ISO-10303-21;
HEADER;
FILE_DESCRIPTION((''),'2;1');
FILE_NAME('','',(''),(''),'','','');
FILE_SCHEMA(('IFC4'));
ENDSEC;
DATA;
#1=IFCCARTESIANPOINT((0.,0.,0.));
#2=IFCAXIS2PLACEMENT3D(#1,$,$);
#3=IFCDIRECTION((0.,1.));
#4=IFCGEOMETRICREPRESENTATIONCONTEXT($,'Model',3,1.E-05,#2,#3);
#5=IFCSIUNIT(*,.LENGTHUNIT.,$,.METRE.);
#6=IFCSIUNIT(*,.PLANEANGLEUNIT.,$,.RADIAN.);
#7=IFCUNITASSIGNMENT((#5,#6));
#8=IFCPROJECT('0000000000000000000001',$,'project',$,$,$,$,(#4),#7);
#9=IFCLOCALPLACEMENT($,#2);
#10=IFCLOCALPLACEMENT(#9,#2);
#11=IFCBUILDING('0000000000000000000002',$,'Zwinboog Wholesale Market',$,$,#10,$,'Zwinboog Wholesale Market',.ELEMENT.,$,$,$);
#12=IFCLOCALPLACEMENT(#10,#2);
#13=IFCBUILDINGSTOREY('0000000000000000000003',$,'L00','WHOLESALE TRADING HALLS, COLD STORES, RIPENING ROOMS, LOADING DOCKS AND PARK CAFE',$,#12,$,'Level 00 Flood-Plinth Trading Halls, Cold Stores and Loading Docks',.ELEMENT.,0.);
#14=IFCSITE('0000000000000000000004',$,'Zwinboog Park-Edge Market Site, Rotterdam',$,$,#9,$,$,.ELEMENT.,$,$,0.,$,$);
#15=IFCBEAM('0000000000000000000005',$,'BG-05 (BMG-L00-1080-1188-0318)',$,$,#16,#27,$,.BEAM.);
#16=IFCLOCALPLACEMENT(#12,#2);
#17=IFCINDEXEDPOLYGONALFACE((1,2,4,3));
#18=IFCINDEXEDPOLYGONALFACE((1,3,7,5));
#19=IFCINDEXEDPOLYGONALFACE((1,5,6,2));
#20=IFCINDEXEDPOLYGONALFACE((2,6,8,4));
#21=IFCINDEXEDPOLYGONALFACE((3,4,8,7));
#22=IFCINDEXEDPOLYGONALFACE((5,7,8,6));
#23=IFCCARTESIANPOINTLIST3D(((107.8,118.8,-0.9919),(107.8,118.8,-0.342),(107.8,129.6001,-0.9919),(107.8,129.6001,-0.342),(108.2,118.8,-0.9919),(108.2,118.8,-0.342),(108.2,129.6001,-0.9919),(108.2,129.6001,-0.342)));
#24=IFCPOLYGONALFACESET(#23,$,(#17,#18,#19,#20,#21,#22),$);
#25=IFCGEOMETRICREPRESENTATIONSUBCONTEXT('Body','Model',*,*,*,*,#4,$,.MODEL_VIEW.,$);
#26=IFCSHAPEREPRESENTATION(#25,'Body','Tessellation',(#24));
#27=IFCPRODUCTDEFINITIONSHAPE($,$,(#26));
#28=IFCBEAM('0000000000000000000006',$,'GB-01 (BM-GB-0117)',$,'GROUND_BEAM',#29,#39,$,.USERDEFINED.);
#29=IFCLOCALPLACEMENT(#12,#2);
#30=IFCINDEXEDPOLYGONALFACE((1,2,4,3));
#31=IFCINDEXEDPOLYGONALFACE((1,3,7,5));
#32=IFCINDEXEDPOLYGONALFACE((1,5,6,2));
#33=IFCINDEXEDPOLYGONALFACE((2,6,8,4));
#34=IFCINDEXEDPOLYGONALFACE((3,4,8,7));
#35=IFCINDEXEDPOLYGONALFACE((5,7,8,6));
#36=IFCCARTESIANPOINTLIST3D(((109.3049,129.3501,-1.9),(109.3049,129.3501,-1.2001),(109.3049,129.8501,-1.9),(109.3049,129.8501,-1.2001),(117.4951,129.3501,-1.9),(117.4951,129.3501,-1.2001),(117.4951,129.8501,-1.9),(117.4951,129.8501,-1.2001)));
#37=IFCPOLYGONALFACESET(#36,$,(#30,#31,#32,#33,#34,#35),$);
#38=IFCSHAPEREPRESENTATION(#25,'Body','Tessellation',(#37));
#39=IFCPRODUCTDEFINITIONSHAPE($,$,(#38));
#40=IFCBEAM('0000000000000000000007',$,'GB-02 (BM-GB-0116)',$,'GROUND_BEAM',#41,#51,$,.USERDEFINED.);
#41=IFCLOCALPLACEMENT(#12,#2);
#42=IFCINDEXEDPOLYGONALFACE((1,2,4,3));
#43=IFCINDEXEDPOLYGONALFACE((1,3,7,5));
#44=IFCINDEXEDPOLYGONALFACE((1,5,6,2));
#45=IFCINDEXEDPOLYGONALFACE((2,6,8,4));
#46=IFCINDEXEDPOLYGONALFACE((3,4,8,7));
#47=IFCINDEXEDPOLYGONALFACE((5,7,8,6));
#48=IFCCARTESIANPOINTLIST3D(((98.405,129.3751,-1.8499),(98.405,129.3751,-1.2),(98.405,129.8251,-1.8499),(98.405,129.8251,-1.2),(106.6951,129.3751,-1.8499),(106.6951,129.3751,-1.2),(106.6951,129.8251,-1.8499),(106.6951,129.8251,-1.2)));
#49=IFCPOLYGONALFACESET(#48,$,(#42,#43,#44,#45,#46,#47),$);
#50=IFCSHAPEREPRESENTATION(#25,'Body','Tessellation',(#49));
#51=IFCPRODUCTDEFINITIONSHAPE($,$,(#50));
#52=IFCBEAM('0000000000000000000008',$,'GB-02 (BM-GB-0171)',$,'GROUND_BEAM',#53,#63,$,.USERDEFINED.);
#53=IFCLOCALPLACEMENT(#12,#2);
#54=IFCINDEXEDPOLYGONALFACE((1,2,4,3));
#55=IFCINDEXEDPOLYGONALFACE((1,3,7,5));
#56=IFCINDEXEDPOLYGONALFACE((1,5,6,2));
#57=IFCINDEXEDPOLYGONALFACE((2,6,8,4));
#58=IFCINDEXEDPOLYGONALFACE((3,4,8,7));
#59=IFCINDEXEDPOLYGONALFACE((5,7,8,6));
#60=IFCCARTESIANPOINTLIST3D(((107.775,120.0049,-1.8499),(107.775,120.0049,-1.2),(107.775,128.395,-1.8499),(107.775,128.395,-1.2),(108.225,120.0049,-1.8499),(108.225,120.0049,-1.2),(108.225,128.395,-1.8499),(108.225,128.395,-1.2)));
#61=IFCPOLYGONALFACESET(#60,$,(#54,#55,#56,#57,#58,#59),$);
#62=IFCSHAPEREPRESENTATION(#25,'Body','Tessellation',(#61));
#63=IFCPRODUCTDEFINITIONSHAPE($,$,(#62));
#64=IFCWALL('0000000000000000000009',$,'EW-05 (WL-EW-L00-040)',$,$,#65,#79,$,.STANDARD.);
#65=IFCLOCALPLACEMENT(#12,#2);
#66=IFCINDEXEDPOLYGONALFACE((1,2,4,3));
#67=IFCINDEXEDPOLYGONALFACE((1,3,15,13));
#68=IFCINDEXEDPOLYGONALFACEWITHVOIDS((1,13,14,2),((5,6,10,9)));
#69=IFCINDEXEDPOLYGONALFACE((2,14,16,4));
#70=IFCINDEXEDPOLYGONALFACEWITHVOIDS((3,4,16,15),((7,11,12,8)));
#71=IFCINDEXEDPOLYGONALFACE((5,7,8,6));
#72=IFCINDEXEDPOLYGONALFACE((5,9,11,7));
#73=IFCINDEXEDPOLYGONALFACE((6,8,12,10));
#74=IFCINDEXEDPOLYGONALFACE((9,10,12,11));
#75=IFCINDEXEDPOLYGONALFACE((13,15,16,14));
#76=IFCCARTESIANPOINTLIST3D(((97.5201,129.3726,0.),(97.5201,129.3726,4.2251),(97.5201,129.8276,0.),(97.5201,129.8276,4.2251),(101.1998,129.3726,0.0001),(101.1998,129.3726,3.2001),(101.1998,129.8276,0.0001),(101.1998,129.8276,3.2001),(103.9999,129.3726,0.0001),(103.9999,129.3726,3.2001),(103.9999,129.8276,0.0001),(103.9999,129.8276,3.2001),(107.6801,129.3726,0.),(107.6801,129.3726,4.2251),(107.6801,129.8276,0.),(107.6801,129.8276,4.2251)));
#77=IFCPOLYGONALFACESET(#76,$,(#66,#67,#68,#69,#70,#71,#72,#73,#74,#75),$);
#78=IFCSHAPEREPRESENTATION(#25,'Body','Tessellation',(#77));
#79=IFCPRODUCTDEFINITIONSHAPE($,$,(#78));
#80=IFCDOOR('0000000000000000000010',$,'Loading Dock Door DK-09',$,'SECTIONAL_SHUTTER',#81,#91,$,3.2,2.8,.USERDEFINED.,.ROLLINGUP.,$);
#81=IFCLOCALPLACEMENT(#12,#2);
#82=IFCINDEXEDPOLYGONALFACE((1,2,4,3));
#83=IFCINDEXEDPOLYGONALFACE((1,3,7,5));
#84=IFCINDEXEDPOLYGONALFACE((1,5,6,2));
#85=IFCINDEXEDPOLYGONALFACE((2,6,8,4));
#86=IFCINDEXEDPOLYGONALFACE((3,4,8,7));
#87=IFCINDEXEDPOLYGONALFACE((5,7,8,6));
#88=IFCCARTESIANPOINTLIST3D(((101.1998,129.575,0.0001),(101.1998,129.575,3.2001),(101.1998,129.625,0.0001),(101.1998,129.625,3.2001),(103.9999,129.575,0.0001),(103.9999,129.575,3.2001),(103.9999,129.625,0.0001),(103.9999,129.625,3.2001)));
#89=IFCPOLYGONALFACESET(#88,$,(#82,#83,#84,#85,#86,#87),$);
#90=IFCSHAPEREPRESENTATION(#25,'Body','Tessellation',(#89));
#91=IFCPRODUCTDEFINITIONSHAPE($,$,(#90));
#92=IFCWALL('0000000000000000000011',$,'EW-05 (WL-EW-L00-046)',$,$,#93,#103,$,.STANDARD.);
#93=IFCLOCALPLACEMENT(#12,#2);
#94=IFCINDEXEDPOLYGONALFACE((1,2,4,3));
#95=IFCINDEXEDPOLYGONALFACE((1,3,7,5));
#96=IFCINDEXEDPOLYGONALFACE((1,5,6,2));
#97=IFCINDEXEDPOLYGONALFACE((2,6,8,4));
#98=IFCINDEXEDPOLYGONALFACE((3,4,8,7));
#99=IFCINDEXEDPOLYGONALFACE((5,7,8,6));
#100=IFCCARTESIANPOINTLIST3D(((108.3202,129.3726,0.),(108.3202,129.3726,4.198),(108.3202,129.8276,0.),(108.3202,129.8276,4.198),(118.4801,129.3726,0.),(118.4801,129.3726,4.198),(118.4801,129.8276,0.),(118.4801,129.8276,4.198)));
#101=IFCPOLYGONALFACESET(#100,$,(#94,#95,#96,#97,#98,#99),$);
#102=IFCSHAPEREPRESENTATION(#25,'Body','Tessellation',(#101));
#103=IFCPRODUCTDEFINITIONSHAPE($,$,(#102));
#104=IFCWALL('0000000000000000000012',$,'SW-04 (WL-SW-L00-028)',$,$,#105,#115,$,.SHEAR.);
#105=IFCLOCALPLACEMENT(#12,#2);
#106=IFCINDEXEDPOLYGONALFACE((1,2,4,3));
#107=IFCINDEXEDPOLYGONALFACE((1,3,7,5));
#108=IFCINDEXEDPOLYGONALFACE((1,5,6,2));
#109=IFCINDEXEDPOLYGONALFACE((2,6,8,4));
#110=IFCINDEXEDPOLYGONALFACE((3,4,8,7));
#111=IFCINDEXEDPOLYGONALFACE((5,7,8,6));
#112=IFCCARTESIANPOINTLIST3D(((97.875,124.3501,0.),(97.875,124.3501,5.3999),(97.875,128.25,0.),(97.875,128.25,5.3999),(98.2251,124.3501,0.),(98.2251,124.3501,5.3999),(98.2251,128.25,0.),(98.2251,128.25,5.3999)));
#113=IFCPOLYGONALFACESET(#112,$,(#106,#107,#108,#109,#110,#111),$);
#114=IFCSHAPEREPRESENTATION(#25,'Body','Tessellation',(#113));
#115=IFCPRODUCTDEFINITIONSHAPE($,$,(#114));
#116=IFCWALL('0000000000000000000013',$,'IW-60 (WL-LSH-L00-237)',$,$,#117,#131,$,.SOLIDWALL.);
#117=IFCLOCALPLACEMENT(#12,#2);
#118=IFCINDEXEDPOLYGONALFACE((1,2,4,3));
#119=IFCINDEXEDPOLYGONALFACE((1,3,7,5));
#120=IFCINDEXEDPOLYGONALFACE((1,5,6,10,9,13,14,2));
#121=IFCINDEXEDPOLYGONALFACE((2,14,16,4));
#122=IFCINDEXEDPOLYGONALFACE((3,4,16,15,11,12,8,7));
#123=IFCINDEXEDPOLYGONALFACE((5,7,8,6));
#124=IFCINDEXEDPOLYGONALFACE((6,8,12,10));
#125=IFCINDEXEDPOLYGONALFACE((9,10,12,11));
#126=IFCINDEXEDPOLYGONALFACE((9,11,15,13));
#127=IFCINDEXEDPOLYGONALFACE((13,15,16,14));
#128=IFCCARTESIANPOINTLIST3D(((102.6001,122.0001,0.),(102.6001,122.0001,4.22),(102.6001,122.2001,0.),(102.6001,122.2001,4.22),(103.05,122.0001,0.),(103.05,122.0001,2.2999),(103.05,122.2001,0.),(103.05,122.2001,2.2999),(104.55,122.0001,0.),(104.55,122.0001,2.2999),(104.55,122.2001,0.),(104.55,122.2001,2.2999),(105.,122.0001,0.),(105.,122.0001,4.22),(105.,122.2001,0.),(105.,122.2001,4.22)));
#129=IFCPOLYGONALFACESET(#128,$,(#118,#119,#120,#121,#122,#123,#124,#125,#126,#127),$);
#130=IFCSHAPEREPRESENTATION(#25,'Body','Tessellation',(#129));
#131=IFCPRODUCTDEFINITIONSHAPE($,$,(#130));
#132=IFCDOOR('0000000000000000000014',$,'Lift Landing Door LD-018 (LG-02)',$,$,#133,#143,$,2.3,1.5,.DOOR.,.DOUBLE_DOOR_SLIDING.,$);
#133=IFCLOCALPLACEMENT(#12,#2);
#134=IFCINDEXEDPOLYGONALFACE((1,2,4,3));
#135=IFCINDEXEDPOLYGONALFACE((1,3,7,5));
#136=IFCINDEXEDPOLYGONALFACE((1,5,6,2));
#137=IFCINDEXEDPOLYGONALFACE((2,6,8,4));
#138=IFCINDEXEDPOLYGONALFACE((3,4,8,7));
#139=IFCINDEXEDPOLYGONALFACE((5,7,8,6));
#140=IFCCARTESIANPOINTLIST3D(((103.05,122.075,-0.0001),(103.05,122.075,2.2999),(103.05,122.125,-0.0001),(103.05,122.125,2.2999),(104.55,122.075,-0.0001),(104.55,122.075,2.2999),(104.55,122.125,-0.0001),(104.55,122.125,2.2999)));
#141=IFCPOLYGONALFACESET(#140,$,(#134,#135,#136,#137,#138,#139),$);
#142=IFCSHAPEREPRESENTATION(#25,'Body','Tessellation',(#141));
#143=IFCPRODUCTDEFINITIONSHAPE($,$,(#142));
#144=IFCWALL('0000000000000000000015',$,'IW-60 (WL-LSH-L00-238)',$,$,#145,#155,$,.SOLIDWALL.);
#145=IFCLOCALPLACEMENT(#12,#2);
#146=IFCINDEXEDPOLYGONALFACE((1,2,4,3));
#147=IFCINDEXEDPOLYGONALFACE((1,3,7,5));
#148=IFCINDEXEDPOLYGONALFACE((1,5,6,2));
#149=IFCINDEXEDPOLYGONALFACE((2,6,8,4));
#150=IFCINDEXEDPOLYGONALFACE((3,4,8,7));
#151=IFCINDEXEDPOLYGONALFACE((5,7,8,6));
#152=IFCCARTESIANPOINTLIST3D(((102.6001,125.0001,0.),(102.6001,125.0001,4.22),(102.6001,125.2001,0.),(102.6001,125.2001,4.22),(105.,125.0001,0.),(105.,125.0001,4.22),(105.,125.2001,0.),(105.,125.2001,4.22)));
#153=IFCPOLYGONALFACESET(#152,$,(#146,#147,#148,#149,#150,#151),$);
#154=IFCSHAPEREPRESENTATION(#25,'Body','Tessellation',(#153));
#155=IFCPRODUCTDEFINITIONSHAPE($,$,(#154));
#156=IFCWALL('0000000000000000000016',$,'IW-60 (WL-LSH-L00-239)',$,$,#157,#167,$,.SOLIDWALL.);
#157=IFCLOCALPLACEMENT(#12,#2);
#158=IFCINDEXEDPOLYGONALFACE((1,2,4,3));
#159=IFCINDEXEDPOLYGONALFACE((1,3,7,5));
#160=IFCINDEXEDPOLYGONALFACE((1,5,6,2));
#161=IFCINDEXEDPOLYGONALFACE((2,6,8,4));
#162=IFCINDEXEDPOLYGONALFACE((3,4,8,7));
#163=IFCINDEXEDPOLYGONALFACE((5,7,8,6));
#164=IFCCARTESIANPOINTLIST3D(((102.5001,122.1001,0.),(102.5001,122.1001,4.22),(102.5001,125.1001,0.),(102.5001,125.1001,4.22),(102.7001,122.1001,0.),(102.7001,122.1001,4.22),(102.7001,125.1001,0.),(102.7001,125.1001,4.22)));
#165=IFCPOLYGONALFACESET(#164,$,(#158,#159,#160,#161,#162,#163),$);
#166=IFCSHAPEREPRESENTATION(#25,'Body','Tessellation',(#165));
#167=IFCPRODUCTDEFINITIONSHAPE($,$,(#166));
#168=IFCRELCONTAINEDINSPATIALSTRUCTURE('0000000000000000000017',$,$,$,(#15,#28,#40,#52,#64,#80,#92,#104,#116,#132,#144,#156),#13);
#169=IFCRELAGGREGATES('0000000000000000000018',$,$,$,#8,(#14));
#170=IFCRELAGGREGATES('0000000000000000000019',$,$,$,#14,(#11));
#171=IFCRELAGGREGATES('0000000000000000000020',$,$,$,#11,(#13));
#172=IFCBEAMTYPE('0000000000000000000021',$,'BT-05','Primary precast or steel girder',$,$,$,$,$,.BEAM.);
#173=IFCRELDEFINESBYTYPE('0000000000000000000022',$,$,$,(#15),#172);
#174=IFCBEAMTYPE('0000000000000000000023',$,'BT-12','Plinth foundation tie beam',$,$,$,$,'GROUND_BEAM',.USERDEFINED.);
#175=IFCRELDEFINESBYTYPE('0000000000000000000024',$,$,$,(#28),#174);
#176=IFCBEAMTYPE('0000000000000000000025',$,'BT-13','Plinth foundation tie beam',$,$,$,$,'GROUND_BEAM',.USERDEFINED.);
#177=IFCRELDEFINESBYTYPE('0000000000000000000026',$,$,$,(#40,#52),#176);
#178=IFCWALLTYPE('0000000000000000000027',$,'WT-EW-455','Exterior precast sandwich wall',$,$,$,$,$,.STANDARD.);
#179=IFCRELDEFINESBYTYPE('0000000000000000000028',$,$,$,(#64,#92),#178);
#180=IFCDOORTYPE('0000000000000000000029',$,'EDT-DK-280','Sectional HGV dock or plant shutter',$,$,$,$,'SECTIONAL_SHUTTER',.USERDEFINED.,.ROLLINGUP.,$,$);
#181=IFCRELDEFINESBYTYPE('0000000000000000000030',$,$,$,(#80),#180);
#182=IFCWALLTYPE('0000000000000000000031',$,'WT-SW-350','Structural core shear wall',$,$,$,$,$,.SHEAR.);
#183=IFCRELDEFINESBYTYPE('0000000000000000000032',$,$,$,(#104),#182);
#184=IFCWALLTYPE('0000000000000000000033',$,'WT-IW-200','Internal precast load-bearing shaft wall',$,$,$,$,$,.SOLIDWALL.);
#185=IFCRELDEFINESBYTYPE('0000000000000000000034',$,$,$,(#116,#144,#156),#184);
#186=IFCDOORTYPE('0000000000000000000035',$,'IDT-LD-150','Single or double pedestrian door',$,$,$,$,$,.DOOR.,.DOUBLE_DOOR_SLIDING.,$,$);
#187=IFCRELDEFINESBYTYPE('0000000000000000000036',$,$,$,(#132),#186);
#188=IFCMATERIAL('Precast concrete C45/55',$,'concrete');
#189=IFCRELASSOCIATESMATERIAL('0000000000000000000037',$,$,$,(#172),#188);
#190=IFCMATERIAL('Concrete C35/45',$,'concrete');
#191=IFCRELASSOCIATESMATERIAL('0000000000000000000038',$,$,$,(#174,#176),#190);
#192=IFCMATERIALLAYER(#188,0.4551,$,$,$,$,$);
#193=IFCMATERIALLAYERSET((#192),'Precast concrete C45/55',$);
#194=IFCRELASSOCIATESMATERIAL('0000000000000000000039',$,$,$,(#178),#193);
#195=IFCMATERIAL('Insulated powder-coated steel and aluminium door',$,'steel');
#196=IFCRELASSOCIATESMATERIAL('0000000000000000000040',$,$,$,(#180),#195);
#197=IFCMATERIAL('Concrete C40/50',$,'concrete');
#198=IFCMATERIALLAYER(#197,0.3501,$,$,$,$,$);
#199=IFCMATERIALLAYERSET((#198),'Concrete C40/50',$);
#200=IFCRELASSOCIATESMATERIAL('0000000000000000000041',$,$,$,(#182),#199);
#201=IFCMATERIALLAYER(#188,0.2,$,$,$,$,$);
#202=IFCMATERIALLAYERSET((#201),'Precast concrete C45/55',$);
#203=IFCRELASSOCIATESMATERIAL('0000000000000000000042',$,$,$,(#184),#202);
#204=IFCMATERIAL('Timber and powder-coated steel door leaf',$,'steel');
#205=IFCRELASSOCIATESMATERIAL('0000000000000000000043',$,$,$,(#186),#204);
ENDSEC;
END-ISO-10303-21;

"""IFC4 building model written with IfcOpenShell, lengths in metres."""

from ifc_helpers import new_model, si_unit, direction, frame, frame_2d, origin, origin_2d, place, context, subcontext, project, spatial, rectangle, extrude, material, layer, layer_set, material_profile, profile_set, type_object, element, fill, save


model = new_model("IFC4")

# Units and contexts
model_context = context("Model", 3, precision=1e-05, world=origin(), true_north=direction((0.0, 1.0)))
body_context = subcontext(model_context, "Body", "Model", "MODEL_VIEW")
ifc_project = project(units=[si_unit("LENGTHUNIT", "METRE"), si_unit("PLANEANGLEUNIT", "RADIAN")], contexts=[model_context])

# Site, building, storey
site_placement = place(None, origin())
site = spatial("IfcSite", under=ifc_project, at=site_placement, Name="Zwinboog Park-Edge Market Site, Rotterdam", CompositionType="ELEMENT", RefElevation=0.0)
building_placement = place(site_placement, origin())
building = spatial("IfcBuilding", under=site, at=building_placement, Name="Zwinboog Wholesale Market", LongName="Zwinboog Wholesale Market", CompositionType="ELEMENT")
storey_placement = place(building_placement, origin())
storey = spatial("IfcBuildingStorey", under=building, at=storey_placement, Name="L00", Description="WHOLESALE TRADING HALLS, COLD STORES, RIPENING ROOMS, LOADING DOCKS AND PARK CAFE", LongName="Level 00 Flood-Plinth Trading Halls, Cold Stores and Loading Docks", CompositionType="ELEMENT", Elevation=0.0)

# Shared definitions
ifc_material_1 = material(Name="Concrete C40/50", Category="concrete")

# Shared definitions
ifc_material_2 = material(Name="Concrete C35/45", Category="concrete")

# Shared definitions
ifc_material_3 = material(Name="Precast concrete C45/55", Category="concrete")

# Beams
ifc_material_profile_1 = material_profile(ifc_material_3, rectangle(XDim=0.3999, YDim=0.6499, at=origin_2d()), Name="PC 400x650")
ifc_profile_set_1 = profile_set([ifc_material_profile_1], Name="Precast concrete C45/55")
beam_type_1 = type_object("IfcBeamType", Name="BT-05", Description="Primary precast or steel girder", PredefinedType="BEAM", material=ifc_profile_set_1)
for number, where, z_axis, x_axis, name in (
    (1, (108.0, 118.8, -0.667), (0.0, 1.0, 0.0), (-1.0, 0.0, 0.0), "BG-05 (BMG-L00-1080-1188-0318)"),
):
    element("IfcBeam", number, at=place(storey_placement, frame(where, z_axis=z_axis, x_axis=x_axis)), inside=storey, type_object=beam_type_1, Name=name, PredefinedType="BEAM", context=body_context, shape_type="SweptSolid", body=[
        extrude(rectangle(XDim=0.3999, YDim=0.6499, at=origin_2d()), origin(), (0.0, 0.0, 1.0), 10.8),
    ])
ifc_material_profile_2 = material_profile(ifc_material_2, rectangle(XDim=0.5, YDim=0.7, at=origin_2d()), Name="RC 500x700")
ifc_profile_set_2 = profile_set([ifc_material_profile_2], Name="Concrete C35/45")
beam_type_2 = type_object("IfcBeamType", Name="BT-12", Description="Plinth foundation tie beam", ElementType="GROUND_BEAM", PredefinedType="USERDEFINED", material=ifc_profile_set_2)
beam_1_placement = place(storey_placement, frame((109.3049, 129.6001, -1.55), z_axis=(1.0, 0.0, 0.0), x_axis=(0.0, 1.0, 0.0)))
element("IfcBeam", 2, at=beam_1_placement, inside=storey, type_object=beam_type_2, Name="GB-01 (BM-GB-0117)", ObjectType="GROUND_BEAM", PredefinedType="USERDEFINED", context=body_context, shape_type="SweptSolid", body=[
    extrude(rectangle(XDim=0.5, YDim=0.7, at=origin_2d()), origin(), (0.0, 0.0, 1.0), 8.1902),
])
ifc_material_profile_3 = material_profile(ifc_material_2, rectangle(XDim=0.45, YDim=0.6499, at=origin_2d()), Name="RC 450x650")
ifc_profile_set_3 = profile_set([ifc_material_profile_3], Name="Concrete C35/45")
beam_type_3 = type_object("IfcBeamType", Name="BT-13", Description="Plinth foundation tie beam", ElementType="GROUND_BEAM", PredefinedType="USERDEFINED", material=ifc_profile_set_3)
beam_2_placement = place(storey_placement, frame((98.405, 129.6001, -1.5249), z_axis=(1.0, 0.0, 0.0), x_axis=(0.0, 1.0, 0.0)))
element("IfcBeam", 3, at=beam_2_placement, inside=storey, type_object=beam_type_3, Name="GB-02 (BM-GB-0116)", ObjectType="GROUND_BEAM", PredefinedType="USERDEFINED", context=body_context, shape_type="SweptSolid", body=[
    extrude(rectangle(XDim=0.45, YDim=0.6499, at=origin_2d()), origin(), (0.0, 0.0, 1.0), 8.29),
])
beam_3_placement = place(storey_placement, frame((108.0, 120.0049, -1.5249), z_axis=(0.0, 1.0, 0.0), x_axis=(-1.0, 0.0, 0.0)))
element("IfcBeam", 4, at=beam_3_placement, inside=storey, type_object=beam_type_3, Name="GB-02 (BM-GB-0171)", ObjectType="GROUND_BEAM", PredefinedType="USERDEFINED", context=body_context, shape_type="SweptSolid", body=[
    extrude(rectangle(XDim=0.45, YDim=0.6499, at=origin_2d()), origin(), (0.0, 0.0, 1.0), 8.3901),
])

# Wall, opening, door
ifc_layer_1 = layer(ifc_material_3, 0.4551)
ifc_layer_set_1 = layer_set([ifc_layer_1], Name="Precast concrete C45/55")
wall_type_1 = type_object("IfcWallType", Name="WT-EW-455", Description="Exterior precast sandwich wall", PredefinedType="STANDARD", material=ifc_layer_set_1)
wall_1_placement = place(storey_placement, frame((97.52, 129.6001, 0.0), z_axis=(0.0, 0.0, 1.0), x_axis=(1.0, 0.0, 0.0)))
wall_1 = element("IfcWall", 5, at=wall_1_placement, inside=storey, type_object=wall_type_1, Name="EW-05 (WL-EW-L00-040)", PredefinedType="STANDARD", context=body_context, shape_type="SweptSolid", body=[
    extrude(rectangle(XDim=10.1599, YDim=0.4551, at=frame_2d((5.0801, 0.0))), origin(), (0.0, 0.0, 1.0), 4.2251),
])
opening_1_placement = place(wall_1_placement, frame((3.6799, 0.0, 0.0)))
opening_1 = element("IfcOpeningElement", 6, at=opening_1_placement, cuts=wall_1, PredefinedType="OPENING", context=body_context, shape_type="SweptSolid", body=[
    extrude(rectangle(XDim=2.8, YDim=3.2, at=frame_2d((1.3999, 1.6001))), frame((0.0, 0.2375, 0.0), z_axis=(0.0, -1.0, 0.0), x_axis=(1.0, 0.0, 0.0)), (0.0, 0.0, 1.0), 0.4751),
])
ifc_material_4 = material(Name="Insulated powder-coated steel and aluminium door", Category="steel")
door_type_1 = type_object("IfcDoorType", Name="EDT-DK-280", Description="Sectional HGV dock or plant shutter", ElementType="SECTIONAL_SHUTTER", OperationType="ROLLINGUP", PredefinedType="USERDEFINED", material=ifc_material_4)
door_1_placement = place(opening_1_placement, origin())
door_1 = element("IfcDoor", 7, at=door_1_placement, inside=storey, type_object=door_type_1, Name="Loading Dock Door DK-09", ObjectType="SECTIONAL_SHUTTER", OperationType="ROLLINGUP", OverallHeight=3.2, OverallWidth=2.8, PredefinedType="USERDEFINED", context=body_context, shape_type="SweptSolid", body=[
    extrude(rectangle(XDim=2.8, YDim=3.2, at=frame_2d((1.3999, 1.6001))), frame((0.0, 0.0249, 0.0), z_axis=(0.0, -1.0, 0.0), x_axis=(1.0, 0.0, 0.0)), (0.0, 0.0, 1.0), 0.05),
])
fill(opening_1, door_1)

# Walls
wall_2_placement = place(storey_placement, frame((108.3201, 129.6001, 0.0), z_axis=(0.0, 0.0, 1.0), x_axis=(1.0, 0.0, 0.0)))
element("IfcWall", 8, at=wall_2_placement, inside=storey, type_object=wall_type_1, Name="EW-05 (WL-EW-L00-046)", PredefinedType="STANDARD", context=body_context, shape_type="SweptSolid", body=[
    extrude(rectangle(XDim=10.1599, YDim=0.4551, at=frame_2d((5.0801, 0.0))), origin(), (0.0, 0.0, 1.0), 4.198),
])
ifc_layer_2 = layer(ifc_material_1, 0.3501)
ifc_layer_set_2 = layer_set([ifc_layer_2], Name="Concrete C40/50")
wall_type_2 = type_object("IfcWallType", Name="WT-SW-350", Description="Structural core shear wall", PredefinedType="SHEAR", material=ifc_layer_set_2)
wall_3_placement = place(storey_placement, frame((98.05, 124.3501, 0.0), z_axis=(0.0, 0.0, 1.0), x_axis=(0.0, 1.0, 0.0)))
element("IfcWall", 9, at=wall_3_placement, inside=storey, type_object=wall_type_2, Name="SW-04 (WL-SW-L00-028)", PredefinedType="SHEAR", context=body_context, shape_type="SweptSolid", body=[
    extrude(rectangle(XDim=3.8999, YDim=0.3501, at=frame_2d((1.95, 0.0))), origin(), (0.0, 0.0, 1.0), 5.3999),
])

# Wall, opening, door
ifc_layer_3 = layer(ifc_material_3, 0.2)
ifc_layer_set_3 = layer_set([ifc_layer_3], Name="Precast concrete C45/55")
wall_type_3 = type_object("IfcWallType", Name="WT-IW-200", Description="Internal precast load-bearing shaft wall", PredefinedType="SOLIDWALL", material=ifc_layer_set_3)
wall_4_placement = place(storey_placement, frame((102.6001, 122.1001, 0.0), z_axis=(0.0, 0.0, 1.0), x_axis=(1.0, 0.0, 0.0)))
wall_4 = element("IfcWall", 10, at=wall_4_placement, inside=storey, type_object=wall_type_3, Name="IW-60 (WL-LSH-L00-237)", PredefinedType="SOLIDWALL", context=body_context, shape_type="SweptSolid", body=[
    extrude(rectangle(XDim=2.3999, YDim=0.2, at=frame_2d((1.2, 0.0))), origin(), (0.0, 0.0, 1.0), 4.22),
])
opening_2_placement = place(wall_4_placement, frame((0.45, 0.0, 0.0)))
opening_2 = element("IfcOpeningElement", 11, at=opening_2_placement, cuts=wall_4, PredefinedType="OPENING", context=body_context, shape_type="SweptSolid", body=[
    extrude(rectangle(XDim=1.5, YDim=2.3, at=frame_2d((0.75, 1.1499))), frame((0.0, 0.1099, 0.0), z_axis=(0.0, -1.0, 0.0), x_axis=(1.0, 0.0, 0.0)), (0.0, 0.0, 1.0), 0.22),
])
ifc_material_5 = material(Name="Timber and powder-coated steel door leaf", Category="steel")
door_type_2 = type_object("IfcDoorType", Name="IDT-LD-150", Description="Single or double pedestrian door", OperationType="DOUBLE_DOOR_SLIDING", PredefinedType="DOOR", material=ifc_material_5)
door_2_placement = place(opening_2_placement, origin())
door_2 = element("IfcDoor", 12, at=door_2_placement, inside=storey, type_object=door_type_2, Name="Lift Landing Door LD-018 (LG-02)", OperationType="DOUBLE_DOOR_SLIDING", OverallHeight=2.3, OverallWidth=1.5, PredefinedType="DOOR", context=body_context, shape_type="SweptSolid", body=[
    extrude(rectangle(XDim=1.5, YDim=2.3, at=frame_2d((0.75, 1.1499))), frame((0.0, 0.0249, 0.0), z_axis=(0.0, -1.0, 0.0), x_axis=(1.0, 0.0, 0.0)), (0.0, 0.0, 1.0), 0.05),
])
fill(opening_2, door_2)

# Walls
wall_5_placement = place(storey_placement, frame((102.6001, 125.1001, 0.0), z_axis=(0.0, 0.0, 1.0), x_axis=(1.0, 0.0, 0.0)))
element("IfcWall", 13, at=wall_5_placement, inside=storey, type_object=wall_type_3, Name="IW-60 (WL-LSH-L00-238)", PredefinedType="SOLIDWALL", context=body_context, shape_type="SweptSolid", body=[
    extrude(rectangle(XDim=2.3999, YDim=0.2, at=frame_2d((1.2, 0.0))), origin(), (0.0, 0.0, 1.0), 4.22),
])
for number, where, z_axis, x_axis, name in (
    (14, (102.6001, 122.1001, 0.0), (0.0, 0.0, 1.0), (0.0, 1.0, 0.0), "IW-60 (WL-LSH-L00-239)"),
):
    element("IfcWall", number, at=place(storey_placement, frame(where, z_axis=z_axis, x_axis=x_axis)), inside=storey, type_object=wall_type_3, Name=name, PredefinedType="SOLIDWALL", context=body_context, shape_type="SweptSolid", body=[
        extrude(rectangle(XDim=3.0, YDim=0.2, at=frame_2d((1.5, 0.0))), origin(), (0.0, 0.0, 1.0), 4.22),
    ])

save(model, "model.ifc")
